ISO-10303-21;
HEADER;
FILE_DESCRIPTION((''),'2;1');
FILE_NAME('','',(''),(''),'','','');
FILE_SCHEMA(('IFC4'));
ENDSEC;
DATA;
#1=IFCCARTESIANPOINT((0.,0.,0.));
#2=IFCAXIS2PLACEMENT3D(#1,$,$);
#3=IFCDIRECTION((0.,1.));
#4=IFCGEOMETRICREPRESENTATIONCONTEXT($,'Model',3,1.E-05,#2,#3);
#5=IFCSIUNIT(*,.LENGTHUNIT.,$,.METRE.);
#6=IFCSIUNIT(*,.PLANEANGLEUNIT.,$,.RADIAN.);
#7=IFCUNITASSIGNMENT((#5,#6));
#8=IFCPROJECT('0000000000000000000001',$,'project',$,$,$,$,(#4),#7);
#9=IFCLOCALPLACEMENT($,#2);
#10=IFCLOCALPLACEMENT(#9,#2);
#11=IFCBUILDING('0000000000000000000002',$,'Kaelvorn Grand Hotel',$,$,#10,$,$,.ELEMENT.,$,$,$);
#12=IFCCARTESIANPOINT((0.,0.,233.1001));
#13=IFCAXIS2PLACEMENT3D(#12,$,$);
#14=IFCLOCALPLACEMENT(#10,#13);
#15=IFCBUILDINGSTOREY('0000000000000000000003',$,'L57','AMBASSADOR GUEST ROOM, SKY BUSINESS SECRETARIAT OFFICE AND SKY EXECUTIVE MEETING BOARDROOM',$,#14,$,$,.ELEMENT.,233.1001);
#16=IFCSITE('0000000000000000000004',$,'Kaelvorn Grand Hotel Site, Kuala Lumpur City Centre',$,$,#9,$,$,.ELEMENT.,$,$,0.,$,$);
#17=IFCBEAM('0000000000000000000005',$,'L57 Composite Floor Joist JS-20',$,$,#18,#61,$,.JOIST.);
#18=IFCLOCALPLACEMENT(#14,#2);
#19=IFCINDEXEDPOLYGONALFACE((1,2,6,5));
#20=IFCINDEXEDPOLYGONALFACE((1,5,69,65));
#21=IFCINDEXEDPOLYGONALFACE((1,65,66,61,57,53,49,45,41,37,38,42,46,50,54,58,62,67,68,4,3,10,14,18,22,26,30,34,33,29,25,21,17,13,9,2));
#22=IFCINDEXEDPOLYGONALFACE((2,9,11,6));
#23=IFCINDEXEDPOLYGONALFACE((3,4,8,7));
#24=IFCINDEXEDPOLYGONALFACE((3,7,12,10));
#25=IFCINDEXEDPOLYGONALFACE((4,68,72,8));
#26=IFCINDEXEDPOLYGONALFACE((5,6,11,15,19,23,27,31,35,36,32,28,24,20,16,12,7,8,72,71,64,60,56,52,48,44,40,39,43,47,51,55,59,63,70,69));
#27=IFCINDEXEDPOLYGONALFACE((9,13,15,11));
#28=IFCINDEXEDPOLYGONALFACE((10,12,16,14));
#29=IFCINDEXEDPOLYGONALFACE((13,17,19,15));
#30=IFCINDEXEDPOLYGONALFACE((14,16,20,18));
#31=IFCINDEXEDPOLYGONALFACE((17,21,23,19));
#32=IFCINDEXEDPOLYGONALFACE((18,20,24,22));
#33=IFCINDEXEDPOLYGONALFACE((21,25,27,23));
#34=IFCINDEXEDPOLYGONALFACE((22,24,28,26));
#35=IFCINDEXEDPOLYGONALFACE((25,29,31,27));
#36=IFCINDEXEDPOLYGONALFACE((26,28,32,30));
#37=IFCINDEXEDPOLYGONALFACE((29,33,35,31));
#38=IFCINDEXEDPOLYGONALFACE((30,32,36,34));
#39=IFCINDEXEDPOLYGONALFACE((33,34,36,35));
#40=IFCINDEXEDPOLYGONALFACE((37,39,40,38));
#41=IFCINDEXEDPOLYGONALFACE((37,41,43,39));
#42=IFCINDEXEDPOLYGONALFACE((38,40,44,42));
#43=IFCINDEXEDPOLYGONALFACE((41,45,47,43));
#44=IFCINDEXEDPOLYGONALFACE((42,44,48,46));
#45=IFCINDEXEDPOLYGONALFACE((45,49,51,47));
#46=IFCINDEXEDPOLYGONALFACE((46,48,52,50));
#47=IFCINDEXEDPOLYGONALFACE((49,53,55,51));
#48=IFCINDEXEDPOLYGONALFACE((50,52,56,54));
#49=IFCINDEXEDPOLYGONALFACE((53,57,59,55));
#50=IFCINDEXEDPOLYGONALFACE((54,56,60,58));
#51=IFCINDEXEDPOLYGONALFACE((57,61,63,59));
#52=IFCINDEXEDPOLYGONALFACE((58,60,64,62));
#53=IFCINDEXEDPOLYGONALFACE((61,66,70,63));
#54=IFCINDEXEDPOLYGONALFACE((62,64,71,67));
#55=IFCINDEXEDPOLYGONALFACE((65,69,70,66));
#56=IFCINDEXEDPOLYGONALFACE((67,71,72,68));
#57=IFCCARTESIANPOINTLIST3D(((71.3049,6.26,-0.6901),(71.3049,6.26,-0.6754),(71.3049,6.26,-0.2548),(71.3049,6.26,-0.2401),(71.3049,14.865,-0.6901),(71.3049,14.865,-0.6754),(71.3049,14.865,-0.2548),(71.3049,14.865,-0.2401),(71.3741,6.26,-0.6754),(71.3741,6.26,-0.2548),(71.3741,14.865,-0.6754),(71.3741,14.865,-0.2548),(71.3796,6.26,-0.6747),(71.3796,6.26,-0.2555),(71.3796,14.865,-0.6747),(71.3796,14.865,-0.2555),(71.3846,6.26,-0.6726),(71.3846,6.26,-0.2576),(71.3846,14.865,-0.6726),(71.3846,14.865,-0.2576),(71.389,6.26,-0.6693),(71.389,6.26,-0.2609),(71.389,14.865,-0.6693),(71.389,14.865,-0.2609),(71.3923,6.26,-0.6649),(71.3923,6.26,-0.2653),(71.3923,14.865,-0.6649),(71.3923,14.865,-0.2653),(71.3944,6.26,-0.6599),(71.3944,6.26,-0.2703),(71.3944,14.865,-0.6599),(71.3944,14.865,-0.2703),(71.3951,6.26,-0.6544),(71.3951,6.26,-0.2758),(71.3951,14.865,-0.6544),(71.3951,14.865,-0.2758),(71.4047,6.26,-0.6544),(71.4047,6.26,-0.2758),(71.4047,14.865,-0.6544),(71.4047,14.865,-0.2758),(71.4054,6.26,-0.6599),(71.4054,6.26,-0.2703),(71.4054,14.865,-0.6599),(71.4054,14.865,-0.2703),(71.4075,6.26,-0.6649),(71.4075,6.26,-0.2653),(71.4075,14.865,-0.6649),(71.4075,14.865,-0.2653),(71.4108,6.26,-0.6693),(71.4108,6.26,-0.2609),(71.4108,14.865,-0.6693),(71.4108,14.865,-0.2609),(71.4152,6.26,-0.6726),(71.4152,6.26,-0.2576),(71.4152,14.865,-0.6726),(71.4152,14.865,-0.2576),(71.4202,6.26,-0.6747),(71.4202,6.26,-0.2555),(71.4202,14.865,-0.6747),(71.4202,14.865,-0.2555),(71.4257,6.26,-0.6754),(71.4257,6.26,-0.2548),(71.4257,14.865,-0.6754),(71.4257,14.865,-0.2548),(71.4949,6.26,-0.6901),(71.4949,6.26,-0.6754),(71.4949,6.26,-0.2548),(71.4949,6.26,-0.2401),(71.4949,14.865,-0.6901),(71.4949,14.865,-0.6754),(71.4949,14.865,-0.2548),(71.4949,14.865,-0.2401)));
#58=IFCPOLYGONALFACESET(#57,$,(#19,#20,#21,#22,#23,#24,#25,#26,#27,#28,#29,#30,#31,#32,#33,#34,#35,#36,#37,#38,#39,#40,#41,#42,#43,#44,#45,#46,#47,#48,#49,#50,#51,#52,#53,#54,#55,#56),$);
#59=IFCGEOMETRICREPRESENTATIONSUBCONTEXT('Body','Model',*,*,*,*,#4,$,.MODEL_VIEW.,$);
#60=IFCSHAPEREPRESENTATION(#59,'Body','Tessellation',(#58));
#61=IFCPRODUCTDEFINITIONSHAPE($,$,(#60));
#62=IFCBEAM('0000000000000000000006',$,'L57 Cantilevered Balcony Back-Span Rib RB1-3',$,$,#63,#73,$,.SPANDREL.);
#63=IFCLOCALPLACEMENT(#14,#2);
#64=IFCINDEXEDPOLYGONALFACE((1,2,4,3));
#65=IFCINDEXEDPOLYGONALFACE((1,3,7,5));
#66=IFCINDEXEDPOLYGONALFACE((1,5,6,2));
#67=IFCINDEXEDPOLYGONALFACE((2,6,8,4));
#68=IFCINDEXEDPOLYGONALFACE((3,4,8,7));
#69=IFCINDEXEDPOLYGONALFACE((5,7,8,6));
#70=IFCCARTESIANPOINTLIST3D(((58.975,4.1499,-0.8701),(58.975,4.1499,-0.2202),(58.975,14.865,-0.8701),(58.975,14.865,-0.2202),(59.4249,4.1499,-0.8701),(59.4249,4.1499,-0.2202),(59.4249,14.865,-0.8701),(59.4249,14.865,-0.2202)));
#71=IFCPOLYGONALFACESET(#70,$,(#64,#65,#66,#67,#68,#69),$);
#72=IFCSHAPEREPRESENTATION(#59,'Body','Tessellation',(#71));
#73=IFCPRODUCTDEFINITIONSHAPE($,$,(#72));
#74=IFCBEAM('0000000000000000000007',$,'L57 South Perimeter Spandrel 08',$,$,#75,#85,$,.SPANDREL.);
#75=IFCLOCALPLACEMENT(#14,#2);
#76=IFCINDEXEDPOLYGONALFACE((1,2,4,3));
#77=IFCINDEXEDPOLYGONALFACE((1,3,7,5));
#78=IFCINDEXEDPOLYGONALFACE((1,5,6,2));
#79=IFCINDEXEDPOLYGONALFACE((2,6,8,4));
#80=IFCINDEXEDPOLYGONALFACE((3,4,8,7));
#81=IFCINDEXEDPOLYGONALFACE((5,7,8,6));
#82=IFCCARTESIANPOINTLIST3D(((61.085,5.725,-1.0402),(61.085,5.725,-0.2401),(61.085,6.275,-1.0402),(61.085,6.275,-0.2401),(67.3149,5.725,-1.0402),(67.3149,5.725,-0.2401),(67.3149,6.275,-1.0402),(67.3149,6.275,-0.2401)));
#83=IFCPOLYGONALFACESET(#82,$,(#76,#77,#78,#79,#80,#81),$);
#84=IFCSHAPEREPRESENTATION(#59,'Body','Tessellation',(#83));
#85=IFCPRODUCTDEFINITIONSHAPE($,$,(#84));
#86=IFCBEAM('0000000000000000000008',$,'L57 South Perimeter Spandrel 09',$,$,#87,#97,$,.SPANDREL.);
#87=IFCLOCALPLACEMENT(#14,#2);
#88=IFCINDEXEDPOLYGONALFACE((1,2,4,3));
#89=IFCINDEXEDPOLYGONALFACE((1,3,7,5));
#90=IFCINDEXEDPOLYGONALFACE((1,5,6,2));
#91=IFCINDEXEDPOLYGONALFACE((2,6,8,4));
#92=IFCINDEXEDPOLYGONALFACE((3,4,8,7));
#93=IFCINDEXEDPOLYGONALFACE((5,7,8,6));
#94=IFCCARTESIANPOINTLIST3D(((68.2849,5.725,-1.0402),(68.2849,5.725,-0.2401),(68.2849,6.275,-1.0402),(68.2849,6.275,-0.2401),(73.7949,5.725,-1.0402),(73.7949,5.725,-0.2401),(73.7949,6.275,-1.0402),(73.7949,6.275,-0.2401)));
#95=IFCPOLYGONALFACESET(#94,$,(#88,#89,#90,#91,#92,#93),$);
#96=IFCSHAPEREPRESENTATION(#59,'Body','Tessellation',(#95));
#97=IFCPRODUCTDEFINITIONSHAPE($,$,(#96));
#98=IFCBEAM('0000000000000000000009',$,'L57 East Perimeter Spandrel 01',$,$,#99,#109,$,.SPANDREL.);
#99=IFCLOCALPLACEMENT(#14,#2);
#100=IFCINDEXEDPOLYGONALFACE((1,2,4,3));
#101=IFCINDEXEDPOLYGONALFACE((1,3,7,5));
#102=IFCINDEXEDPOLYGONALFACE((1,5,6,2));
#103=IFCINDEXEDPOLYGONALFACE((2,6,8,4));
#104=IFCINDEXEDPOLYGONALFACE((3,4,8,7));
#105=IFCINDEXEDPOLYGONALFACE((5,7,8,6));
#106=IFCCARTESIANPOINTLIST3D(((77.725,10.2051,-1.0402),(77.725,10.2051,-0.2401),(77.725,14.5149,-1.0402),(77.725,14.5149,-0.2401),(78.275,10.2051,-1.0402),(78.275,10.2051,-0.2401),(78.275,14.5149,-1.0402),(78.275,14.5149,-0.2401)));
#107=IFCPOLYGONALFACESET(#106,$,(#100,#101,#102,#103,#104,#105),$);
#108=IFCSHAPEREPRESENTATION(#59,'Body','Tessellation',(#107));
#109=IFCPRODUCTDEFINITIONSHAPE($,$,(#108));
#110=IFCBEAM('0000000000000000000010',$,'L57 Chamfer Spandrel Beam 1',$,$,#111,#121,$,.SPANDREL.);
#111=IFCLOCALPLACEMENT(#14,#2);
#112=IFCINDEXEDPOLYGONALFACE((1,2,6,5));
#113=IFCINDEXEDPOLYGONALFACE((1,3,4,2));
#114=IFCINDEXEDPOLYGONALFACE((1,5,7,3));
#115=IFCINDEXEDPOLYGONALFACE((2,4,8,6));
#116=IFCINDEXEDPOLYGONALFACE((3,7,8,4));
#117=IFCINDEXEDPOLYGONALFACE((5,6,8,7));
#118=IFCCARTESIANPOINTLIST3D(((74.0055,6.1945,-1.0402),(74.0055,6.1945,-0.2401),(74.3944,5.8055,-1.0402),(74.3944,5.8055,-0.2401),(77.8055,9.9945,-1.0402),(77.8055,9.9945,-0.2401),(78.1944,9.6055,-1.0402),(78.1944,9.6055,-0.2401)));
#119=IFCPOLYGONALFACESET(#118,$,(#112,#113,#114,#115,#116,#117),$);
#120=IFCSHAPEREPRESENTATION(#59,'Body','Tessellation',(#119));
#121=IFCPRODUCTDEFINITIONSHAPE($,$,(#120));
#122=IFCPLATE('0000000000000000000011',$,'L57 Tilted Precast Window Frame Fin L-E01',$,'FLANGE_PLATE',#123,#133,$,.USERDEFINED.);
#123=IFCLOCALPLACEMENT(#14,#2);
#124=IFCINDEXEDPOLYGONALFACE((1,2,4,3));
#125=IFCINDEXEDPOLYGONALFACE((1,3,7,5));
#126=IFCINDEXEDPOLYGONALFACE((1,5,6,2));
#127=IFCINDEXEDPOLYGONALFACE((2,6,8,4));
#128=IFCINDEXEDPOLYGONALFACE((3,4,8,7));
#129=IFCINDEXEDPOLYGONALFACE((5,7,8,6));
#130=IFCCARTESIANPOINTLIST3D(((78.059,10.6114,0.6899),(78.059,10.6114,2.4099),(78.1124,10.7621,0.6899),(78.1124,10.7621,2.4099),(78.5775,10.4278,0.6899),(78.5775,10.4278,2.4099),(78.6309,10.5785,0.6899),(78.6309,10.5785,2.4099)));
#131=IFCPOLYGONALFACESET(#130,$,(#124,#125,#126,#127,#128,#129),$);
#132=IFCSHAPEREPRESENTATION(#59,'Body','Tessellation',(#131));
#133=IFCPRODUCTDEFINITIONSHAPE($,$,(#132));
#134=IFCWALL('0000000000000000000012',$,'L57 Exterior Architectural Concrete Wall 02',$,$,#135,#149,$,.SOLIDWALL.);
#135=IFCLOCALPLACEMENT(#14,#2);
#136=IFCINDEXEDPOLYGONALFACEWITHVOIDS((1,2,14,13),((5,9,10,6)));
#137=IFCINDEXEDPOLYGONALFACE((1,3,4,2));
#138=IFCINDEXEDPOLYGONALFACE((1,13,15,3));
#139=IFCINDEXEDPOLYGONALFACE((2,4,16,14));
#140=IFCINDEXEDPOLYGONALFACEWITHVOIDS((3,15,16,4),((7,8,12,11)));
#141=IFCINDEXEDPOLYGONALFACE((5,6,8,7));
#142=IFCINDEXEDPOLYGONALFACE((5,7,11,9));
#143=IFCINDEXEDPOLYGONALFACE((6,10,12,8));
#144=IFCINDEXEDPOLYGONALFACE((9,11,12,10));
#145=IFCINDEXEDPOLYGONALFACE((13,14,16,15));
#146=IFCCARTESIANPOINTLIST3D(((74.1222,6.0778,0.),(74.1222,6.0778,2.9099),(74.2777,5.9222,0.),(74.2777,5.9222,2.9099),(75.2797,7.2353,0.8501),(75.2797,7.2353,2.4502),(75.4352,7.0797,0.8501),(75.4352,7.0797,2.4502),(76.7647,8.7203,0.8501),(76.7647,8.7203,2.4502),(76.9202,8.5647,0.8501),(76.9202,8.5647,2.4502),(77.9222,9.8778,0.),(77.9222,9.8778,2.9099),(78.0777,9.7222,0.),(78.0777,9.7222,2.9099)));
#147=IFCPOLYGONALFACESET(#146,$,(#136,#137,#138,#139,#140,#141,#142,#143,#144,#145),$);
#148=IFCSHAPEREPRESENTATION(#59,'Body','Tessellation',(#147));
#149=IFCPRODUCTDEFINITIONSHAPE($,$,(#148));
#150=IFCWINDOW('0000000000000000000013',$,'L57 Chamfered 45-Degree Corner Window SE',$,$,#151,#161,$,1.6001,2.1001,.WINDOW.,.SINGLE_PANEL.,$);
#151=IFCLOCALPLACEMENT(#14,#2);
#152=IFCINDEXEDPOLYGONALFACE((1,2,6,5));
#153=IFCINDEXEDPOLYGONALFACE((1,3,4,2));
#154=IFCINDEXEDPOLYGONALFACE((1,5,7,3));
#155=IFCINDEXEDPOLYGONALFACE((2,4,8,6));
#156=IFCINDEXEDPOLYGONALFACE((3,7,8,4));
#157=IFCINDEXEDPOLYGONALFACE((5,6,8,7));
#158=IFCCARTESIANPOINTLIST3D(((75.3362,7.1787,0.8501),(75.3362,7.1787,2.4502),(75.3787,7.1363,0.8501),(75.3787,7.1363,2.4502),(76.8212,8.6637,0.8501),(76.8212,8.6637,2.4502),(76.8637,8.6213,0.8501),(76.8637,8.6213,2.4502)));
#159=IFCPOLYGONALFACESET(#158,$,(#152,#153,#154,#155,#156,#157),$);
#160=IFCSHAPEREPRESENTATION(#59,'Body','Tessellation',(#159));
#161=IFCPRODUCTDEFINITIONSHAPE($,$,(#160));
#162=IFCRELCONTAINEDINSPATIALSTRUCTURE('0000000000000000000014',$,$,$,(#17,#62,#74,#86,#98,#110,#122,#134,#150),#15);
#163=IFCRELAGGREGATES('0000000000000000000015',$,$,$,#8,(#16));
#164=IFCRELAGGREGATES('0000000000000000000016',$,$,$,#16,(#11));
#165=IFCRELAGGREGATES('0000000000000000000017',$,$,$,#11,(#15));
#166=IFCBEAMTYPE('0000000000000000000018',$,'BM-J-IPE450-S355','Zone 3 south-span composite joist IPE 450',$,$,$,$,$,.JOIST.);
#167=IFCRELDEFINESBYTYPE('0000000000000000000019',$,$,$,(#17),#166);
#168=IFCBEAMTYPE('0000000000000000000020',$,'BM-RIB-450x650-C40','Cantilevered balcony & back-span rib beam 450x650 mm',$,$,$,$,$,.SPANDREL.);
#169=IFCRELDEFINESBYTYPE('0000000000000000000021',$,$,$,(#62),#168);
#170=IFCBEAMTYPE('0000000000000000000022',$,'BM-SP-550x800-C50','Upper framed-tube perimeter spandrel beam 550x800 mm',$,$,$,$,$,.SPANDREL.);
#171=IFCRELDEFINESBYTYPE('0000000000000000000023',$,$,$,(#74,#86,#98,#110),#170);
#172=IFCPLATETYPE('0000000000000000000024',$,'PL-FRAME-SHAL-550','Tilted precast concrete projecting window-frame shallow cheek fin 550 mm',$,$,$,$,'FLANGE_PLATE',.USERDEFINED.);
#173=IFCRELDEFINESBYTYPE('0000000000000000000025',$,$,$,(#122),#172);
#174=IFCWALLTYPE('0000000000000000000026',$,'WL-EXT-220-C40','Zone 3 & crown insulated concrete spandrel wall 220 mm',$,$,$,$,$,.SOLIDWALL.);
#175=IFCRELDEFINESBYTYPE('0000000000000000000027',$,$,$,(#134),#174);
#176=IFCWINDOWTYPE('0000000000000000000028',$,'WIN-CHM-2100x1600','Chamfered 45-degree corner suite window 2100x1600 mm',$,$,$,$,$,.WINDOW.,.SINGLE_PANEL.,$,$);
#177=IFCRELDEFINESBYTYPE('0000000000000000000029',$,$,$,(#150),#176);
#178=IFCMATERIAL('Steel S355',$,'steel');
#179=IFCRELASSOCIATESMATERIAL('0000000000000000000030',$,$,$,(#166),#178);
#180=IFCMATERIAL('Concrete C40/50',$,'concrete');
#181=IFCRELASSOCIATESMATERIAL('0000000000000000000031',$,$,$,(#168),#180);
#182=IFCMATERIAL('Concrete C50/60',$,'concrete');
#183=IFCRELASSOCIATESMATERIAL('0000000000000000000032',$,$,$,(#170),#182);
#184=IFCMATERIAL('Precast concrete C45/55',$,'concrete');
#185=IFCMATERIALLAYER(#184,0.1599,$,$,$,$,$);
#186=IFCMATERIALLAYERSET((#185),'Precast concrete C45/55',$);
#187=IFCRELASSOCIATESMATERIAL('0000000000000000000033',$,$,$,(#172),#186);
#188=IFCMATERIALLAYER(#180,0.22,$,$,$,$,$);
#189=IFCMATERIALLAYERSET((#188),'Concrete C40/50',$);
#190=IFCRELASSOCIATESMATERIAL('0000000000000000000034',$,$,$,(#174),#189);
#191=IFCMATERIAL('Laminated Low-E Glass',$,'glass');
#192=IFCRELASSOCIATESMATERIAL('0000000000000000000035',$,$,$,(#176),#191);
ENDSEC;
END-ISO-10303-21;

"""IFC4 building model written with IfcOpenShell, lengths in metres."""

from ifc_helpers import new_model, si_unit, direction, frame, frame_2d, origin, origin_2d, place, context, subcontext, project, spatial, rectangle, i_section, extrude, material, layer, layer_set, material_profile, profile_set, type_object, element, fill, save


model = new_model("IFC4")

# Units and contexts
model_context = context("Model", 3, precision=1e-05, world=origin(), true_north=direction((0.0, 1.0)))
body_context = subcontext(model_context, "Body", "Model", "MODEL_VIEW")
ifc_project = project(units=[si_unit("LENGTHUNIT", "METRE"), si_unit("PLANEANGLEUNIT", "RADIAN")], contexts=[model_context])

# Site, building, storey
site_placement = place(None, origin())
site = spatial("IfcSite", under=ifc_project, at=site_placement, Name="Kaelvorn Grand Hotel Site, Kuala Lumpur City Centre", CompositionType="ELEMENT", RefElevation=0.0)
building_placement = place(site_placement, origin())
building = spatial("IfcBuilding", under=site, at=building_placement, Name="Kaelvorn Grand Hotel", CompositionType="ELEMENT")
storey_placement = place(building_placement, frame((0.0, 0.0, 233.1001)))
storey = spatial("IfcBuildingStorey", under=building, at=storey_placement, Name="L57", Description="AMBASSADOR GUEST ROOM, SKY BUSINESS SECRETARIAT OFFICE AND SKY EXECUTIVE MEETING BOARDROOM", CompositionType="ELEMENT", Elevation=233.1001)

# Shared definitions
ifc_material_1 = material(Name="Concrete C50/60", Category="concrete")

# Beams
ifc_material_2 = material(Name="Steel S355", Category="steel")
ifc_material_profile_1 = material_profile(ifc_material_2, i_section(OverallWidth=0.1899, OverallDepth=0.45, WebThickness=0.0095, FlangeThickness=0.0146, FilletRadius=0.021, at=origin_2d()), Name="IPE 450")
ifc_profile_set_1 = profile_set([ifc_material_profile_1], Name="Steel S355")
beam_type_1 = type_object("IfcBeamType", Name="BM-J-IPE450-S355", Description="Zone 3 south-span composite joist IPE 450", PredefinedType="JOIST", material=ifc_profile_set_1)
beam_1_placement = place(storey_placement, frame((71.3999, 6.26, -0.4651), z_axis=(0.0, 1.0, 0.0), x_axis=(-1.0, 0.0, 0.0)))
element("IfcBeam", 1, at=beam_1_placement, inside=storey, type_object=beam_type_1, Name="L57 Composite Floor Joist JS-20", PredefinedType="JOIST", context=body_context, shape_type="SweptSolid", body=[
    extrude(i_section(OverallWidth=0.1899, OverallDepth=0.45, WebThickness=0.0095, FlangeThickness=0.0146, FilletRadius=0.021, at=origin_2d()), origin(), (0.0, 0.0, 1.0), 8.605),
])
ifc_material_3 = material(Name="Concrete C40/50", Category="concrete")
ifc_material_profile_2 = material_profile(ifc_material_3, rectangle(XDim=0.45, YDim=0.6499, at=origin_2d()), Name="RC RIB 450x650")
ifc_profile_set_2 = profile_set([ifc_material_profile_2], Name="Concrete C40/50")
beam_type_2 = type_object("IfcBeamType", Name="BM-RIB-450x650-C40", Description="Cantilevered balcony & back-span rib beam 450x650 mm", PredefinedType="SPANDREL", material=ifc_profile_set_2)
beam_2_placement = place(storey_placement, frame((59.2, 4.1499, -0.5452), z_axis=(0.0, 1.0, 0.0), x_axis=(-1.0, 0.0, 0.0)))
element("IfcBeam", 2, at=beam_2_placement, inside=storey, type_object=beam_type_2, Name="L57 Cantilevered Balcony Back-Span Rib RB1-3", PredefinedType="SPANDREL", context=body_context, shape_type="SweptSolid", body=[
    extrude(rectangle(XDim=0.45, YDim=0.6499, at=origin_2d()), origin(), (0.0, 0.0, 1.0), 10.7151),
])
ifc_material_profile_3 = material_profile(ifc_material_1, rectangle(XDim=0.55, YDim=0.8, at=origin_2d()), Name="RC SPANDREL 550x800")
ifc_profile_set_3 = profile_set([ifc_material_profile_3], Name="Concrete C50/60")
beam_type_3 = type_object("IfcBeamType", Name="BM-SP-550x800-C50", Description="Upper framed-tube perimeter spandrel beam 550x800 mm", PredefinedType="SPANDREL", material=ifc_profile_set_3)
beam_3_placement = place(storey_placement, frame((61.085, 6.0, -0.6401), z_axis=(1.0, 0.0, 0.0), x_axis=(0.0, 1.0, 0.0)))
element("IfcBeam", 3, at=beam_3_placement, inside=storey, type_object=beam_type_3, Name="L57 South Perimeter Spandrel 08", PredefinedType="SPANDREL", context=body_context, shape_type="SweptSolid", body=[
    extrude(rectangle(XDim=0.55, YDim=0.8, at=origin_2d()), origin(), (0.0, 0.0, 1.0), 6.23),
])
beam_4_placement = place(storey_placement, frame((68.2849, 6.0, -0.6401), z_axis=(1.0, 0.0, 0.0), x_axis=(0.0, 1.0, 0.0)))
element("IfcBeam", 4, at=beam_4_placement, inside=storey, type_object=beam_type_3, Name="L57 South Perimeter Spandrel 09", PredefinedType="SPANDREL", context=body_context, shape_type="SweptSolid", body=[
    extrude(rectangle(XDim=0.55, YDim=0.8, at=origin_2d()), origin(), (0.0, 0.0, 1.0), 5.51),
])
beam_5_placement = place(storey_placement, frame((78.0, 10.2051, -0.6401), z_axis=(0.0, 1.0, 0.0), x_axis=(-1.0, 0.0, 0.0)))
element("IfcBeam", 5, at=beam_5_placement, inside=storey, type_object=beam_type_3, Name="L57 East Perimeter Spandrel 01", PredefinedType="SPANDREL", context=body_context, shape_type="SweptSolid", body=[
    extrude(rectangle(XDim=0.55, YDim=0.8, at=origin_2d()), origin(), (0.0, 0.0, 1.0), 4.3098),
])
beam_6_placement = place(storey_placement, frame((74.2, 6.0, -0.6401), z_axis=(0.707107, 0.707107, 0.0), x_axis=(-0.707107, 0.707107, 0.0)))
element("IfcBeam", 6, at=beam_6_placement, inside=storey, type_object=beam_type_3, Name="L57 Chamfer Spandrel Beam 1", PredefinedType="SPANDREL", context=body_context, shape_type="SweptSolid", body=[
    extrude(rectangle(XDim=0.55, YDim=0.8, at=origin_2d()), origin(), (0.0, 0.0, 1.0), 5.374),
])

# Plate
ifc_material_4 = material(Name="Precast concrete C45/55", Category="concrete")
ifc_layer_1 = layer(ifc_material_4, 0.1599)
ifc_layer_set_1 = layer_set([ifc_layer_1], Name="Precast concrete C45/55")
plate_type = type_object("IfcPlateType", Name="PL-FRAME-SHAL-550", Description="Tilted precast concrete projecting window-frame shallow cheek fin 550 mm", ElementType="FLANGE_PLATE", PredefinedType="USERDEFINED", material=ifc_layer_set_1)
plate_placement = place(storey_placement, frame((78.345, 10.595, 0.6899), z_axis=(0.0, 0.0, 1.0), x_axis=(0.333807, 0.942641, 0.0)))
element("IfcPlate", 7, at=plate_placement, inside=storey, type_object=plate_type, Name="L57 Tilted Precast Window Frame Fin L-E01", ObjectType="FLANGE_PLATE", PredefinedType="USERDEFINED", context=body_context, shape_type="SweptSolid", body=[
    extrude(rectangle(XDim=0.1599, YDim=0.55, at=origin_2d()), origin(), (0.0, 0.0, 1.0), 1.72),
])

# Wall, opening, window
ifc_layer_2 = layer(ifc_material_3, 0.22)
ifc_layer_set_2 = layer_set([ifc_layer_2], Name="Concrete C40/50")
wall_type_1 = type_object("IfcWallType", Name="WL-EXT-220-C40", Description="Zone 3 & crown insulated concrete spandrel wall 220 mm", PredefinedType="SOLIDWALL", material=ifc_layer_set_2)
wall_1_placement = place(storey_placement, frame((74.2, 6.0, 0.0), z_axis=(0.0, 0.0, 1.0), x_axis=(0.707107, 0.707107, 0.0)))
wall_1 = element("IfcWall", 8, at=wall_1_placement, inside=storey, type_object=wall_type_1, Name="L57 Exterior Architectural Concrete Wall 02", PredefinedType="SOLIDWALL", context=body_context, shape_type="SweptSolid", body=[
    extrude(rectangle(XDim=5.374, YDim=0.22, at=frame_2d((2.687, 0.0))), origin(), (0.0, 0.0, 1.0), 2.9099),
])
opening_1_placement = place(wall_1_placement, frame((1.637, 0.0, 0.8501)))
opening_1 = element("IfcOpeningElement", 9, at=opening_1_placement, cuts=wall_1, PredefinedType="OPENING", context=body_context, shape_type="SweptSolid", body=[
    extrude(rectangle(XDim=2.1001, YDim=1.6001, at=frame_2d((1.05, 0.8))), frame((0.0, 0.1201, 0.0), z_axis=(0.0, -1.0, 0.0), x_axis=(1.0, 0.0, 0.0)), (0.0, 0.0, 1.0), 0.24),
])
ifc_material_5 = material(Name="Laminated Low-E Glass", Category="glass")
window_type_1 = type_object("IfcWindowType", Name="WIN-CHM-2100x1600", Description="Chamfered 45-degree corner suite window 2100x1600 mm", PartitioningType="SINGLE_PANEL", PredefinedType="WINDOW", material=ifc_material_5)
window_1_placement = place(opening_1_placement, origin())
window_1 = element("IfcWindow", 10, at=window_1_placement, inside=storey, type_object=window_type_1, Name="L57 Chamfered 45-Degree Corner Window SE", OverallHeight=1.6001, OverallWidth=2.1001, PartitioningType="SINGLE_PANEL", PredefinedType="WINDOW", context=body_context, shape_type="SweptSolid", body=[
    extrude(rectangle(XDim=2.1001, YDim=1.6001, at=frame_2d((1.05, 0.8))), frame((0.0, 0.03, 0.0), z_axis=(0.0, -1.0, 0.0), x_axis=(1.0, 0.0, 0.0)), (0.0, 0.0, 1.0), 0.0601),
])
fill(opening_1, window_1)

save(model, "model.ifc")
